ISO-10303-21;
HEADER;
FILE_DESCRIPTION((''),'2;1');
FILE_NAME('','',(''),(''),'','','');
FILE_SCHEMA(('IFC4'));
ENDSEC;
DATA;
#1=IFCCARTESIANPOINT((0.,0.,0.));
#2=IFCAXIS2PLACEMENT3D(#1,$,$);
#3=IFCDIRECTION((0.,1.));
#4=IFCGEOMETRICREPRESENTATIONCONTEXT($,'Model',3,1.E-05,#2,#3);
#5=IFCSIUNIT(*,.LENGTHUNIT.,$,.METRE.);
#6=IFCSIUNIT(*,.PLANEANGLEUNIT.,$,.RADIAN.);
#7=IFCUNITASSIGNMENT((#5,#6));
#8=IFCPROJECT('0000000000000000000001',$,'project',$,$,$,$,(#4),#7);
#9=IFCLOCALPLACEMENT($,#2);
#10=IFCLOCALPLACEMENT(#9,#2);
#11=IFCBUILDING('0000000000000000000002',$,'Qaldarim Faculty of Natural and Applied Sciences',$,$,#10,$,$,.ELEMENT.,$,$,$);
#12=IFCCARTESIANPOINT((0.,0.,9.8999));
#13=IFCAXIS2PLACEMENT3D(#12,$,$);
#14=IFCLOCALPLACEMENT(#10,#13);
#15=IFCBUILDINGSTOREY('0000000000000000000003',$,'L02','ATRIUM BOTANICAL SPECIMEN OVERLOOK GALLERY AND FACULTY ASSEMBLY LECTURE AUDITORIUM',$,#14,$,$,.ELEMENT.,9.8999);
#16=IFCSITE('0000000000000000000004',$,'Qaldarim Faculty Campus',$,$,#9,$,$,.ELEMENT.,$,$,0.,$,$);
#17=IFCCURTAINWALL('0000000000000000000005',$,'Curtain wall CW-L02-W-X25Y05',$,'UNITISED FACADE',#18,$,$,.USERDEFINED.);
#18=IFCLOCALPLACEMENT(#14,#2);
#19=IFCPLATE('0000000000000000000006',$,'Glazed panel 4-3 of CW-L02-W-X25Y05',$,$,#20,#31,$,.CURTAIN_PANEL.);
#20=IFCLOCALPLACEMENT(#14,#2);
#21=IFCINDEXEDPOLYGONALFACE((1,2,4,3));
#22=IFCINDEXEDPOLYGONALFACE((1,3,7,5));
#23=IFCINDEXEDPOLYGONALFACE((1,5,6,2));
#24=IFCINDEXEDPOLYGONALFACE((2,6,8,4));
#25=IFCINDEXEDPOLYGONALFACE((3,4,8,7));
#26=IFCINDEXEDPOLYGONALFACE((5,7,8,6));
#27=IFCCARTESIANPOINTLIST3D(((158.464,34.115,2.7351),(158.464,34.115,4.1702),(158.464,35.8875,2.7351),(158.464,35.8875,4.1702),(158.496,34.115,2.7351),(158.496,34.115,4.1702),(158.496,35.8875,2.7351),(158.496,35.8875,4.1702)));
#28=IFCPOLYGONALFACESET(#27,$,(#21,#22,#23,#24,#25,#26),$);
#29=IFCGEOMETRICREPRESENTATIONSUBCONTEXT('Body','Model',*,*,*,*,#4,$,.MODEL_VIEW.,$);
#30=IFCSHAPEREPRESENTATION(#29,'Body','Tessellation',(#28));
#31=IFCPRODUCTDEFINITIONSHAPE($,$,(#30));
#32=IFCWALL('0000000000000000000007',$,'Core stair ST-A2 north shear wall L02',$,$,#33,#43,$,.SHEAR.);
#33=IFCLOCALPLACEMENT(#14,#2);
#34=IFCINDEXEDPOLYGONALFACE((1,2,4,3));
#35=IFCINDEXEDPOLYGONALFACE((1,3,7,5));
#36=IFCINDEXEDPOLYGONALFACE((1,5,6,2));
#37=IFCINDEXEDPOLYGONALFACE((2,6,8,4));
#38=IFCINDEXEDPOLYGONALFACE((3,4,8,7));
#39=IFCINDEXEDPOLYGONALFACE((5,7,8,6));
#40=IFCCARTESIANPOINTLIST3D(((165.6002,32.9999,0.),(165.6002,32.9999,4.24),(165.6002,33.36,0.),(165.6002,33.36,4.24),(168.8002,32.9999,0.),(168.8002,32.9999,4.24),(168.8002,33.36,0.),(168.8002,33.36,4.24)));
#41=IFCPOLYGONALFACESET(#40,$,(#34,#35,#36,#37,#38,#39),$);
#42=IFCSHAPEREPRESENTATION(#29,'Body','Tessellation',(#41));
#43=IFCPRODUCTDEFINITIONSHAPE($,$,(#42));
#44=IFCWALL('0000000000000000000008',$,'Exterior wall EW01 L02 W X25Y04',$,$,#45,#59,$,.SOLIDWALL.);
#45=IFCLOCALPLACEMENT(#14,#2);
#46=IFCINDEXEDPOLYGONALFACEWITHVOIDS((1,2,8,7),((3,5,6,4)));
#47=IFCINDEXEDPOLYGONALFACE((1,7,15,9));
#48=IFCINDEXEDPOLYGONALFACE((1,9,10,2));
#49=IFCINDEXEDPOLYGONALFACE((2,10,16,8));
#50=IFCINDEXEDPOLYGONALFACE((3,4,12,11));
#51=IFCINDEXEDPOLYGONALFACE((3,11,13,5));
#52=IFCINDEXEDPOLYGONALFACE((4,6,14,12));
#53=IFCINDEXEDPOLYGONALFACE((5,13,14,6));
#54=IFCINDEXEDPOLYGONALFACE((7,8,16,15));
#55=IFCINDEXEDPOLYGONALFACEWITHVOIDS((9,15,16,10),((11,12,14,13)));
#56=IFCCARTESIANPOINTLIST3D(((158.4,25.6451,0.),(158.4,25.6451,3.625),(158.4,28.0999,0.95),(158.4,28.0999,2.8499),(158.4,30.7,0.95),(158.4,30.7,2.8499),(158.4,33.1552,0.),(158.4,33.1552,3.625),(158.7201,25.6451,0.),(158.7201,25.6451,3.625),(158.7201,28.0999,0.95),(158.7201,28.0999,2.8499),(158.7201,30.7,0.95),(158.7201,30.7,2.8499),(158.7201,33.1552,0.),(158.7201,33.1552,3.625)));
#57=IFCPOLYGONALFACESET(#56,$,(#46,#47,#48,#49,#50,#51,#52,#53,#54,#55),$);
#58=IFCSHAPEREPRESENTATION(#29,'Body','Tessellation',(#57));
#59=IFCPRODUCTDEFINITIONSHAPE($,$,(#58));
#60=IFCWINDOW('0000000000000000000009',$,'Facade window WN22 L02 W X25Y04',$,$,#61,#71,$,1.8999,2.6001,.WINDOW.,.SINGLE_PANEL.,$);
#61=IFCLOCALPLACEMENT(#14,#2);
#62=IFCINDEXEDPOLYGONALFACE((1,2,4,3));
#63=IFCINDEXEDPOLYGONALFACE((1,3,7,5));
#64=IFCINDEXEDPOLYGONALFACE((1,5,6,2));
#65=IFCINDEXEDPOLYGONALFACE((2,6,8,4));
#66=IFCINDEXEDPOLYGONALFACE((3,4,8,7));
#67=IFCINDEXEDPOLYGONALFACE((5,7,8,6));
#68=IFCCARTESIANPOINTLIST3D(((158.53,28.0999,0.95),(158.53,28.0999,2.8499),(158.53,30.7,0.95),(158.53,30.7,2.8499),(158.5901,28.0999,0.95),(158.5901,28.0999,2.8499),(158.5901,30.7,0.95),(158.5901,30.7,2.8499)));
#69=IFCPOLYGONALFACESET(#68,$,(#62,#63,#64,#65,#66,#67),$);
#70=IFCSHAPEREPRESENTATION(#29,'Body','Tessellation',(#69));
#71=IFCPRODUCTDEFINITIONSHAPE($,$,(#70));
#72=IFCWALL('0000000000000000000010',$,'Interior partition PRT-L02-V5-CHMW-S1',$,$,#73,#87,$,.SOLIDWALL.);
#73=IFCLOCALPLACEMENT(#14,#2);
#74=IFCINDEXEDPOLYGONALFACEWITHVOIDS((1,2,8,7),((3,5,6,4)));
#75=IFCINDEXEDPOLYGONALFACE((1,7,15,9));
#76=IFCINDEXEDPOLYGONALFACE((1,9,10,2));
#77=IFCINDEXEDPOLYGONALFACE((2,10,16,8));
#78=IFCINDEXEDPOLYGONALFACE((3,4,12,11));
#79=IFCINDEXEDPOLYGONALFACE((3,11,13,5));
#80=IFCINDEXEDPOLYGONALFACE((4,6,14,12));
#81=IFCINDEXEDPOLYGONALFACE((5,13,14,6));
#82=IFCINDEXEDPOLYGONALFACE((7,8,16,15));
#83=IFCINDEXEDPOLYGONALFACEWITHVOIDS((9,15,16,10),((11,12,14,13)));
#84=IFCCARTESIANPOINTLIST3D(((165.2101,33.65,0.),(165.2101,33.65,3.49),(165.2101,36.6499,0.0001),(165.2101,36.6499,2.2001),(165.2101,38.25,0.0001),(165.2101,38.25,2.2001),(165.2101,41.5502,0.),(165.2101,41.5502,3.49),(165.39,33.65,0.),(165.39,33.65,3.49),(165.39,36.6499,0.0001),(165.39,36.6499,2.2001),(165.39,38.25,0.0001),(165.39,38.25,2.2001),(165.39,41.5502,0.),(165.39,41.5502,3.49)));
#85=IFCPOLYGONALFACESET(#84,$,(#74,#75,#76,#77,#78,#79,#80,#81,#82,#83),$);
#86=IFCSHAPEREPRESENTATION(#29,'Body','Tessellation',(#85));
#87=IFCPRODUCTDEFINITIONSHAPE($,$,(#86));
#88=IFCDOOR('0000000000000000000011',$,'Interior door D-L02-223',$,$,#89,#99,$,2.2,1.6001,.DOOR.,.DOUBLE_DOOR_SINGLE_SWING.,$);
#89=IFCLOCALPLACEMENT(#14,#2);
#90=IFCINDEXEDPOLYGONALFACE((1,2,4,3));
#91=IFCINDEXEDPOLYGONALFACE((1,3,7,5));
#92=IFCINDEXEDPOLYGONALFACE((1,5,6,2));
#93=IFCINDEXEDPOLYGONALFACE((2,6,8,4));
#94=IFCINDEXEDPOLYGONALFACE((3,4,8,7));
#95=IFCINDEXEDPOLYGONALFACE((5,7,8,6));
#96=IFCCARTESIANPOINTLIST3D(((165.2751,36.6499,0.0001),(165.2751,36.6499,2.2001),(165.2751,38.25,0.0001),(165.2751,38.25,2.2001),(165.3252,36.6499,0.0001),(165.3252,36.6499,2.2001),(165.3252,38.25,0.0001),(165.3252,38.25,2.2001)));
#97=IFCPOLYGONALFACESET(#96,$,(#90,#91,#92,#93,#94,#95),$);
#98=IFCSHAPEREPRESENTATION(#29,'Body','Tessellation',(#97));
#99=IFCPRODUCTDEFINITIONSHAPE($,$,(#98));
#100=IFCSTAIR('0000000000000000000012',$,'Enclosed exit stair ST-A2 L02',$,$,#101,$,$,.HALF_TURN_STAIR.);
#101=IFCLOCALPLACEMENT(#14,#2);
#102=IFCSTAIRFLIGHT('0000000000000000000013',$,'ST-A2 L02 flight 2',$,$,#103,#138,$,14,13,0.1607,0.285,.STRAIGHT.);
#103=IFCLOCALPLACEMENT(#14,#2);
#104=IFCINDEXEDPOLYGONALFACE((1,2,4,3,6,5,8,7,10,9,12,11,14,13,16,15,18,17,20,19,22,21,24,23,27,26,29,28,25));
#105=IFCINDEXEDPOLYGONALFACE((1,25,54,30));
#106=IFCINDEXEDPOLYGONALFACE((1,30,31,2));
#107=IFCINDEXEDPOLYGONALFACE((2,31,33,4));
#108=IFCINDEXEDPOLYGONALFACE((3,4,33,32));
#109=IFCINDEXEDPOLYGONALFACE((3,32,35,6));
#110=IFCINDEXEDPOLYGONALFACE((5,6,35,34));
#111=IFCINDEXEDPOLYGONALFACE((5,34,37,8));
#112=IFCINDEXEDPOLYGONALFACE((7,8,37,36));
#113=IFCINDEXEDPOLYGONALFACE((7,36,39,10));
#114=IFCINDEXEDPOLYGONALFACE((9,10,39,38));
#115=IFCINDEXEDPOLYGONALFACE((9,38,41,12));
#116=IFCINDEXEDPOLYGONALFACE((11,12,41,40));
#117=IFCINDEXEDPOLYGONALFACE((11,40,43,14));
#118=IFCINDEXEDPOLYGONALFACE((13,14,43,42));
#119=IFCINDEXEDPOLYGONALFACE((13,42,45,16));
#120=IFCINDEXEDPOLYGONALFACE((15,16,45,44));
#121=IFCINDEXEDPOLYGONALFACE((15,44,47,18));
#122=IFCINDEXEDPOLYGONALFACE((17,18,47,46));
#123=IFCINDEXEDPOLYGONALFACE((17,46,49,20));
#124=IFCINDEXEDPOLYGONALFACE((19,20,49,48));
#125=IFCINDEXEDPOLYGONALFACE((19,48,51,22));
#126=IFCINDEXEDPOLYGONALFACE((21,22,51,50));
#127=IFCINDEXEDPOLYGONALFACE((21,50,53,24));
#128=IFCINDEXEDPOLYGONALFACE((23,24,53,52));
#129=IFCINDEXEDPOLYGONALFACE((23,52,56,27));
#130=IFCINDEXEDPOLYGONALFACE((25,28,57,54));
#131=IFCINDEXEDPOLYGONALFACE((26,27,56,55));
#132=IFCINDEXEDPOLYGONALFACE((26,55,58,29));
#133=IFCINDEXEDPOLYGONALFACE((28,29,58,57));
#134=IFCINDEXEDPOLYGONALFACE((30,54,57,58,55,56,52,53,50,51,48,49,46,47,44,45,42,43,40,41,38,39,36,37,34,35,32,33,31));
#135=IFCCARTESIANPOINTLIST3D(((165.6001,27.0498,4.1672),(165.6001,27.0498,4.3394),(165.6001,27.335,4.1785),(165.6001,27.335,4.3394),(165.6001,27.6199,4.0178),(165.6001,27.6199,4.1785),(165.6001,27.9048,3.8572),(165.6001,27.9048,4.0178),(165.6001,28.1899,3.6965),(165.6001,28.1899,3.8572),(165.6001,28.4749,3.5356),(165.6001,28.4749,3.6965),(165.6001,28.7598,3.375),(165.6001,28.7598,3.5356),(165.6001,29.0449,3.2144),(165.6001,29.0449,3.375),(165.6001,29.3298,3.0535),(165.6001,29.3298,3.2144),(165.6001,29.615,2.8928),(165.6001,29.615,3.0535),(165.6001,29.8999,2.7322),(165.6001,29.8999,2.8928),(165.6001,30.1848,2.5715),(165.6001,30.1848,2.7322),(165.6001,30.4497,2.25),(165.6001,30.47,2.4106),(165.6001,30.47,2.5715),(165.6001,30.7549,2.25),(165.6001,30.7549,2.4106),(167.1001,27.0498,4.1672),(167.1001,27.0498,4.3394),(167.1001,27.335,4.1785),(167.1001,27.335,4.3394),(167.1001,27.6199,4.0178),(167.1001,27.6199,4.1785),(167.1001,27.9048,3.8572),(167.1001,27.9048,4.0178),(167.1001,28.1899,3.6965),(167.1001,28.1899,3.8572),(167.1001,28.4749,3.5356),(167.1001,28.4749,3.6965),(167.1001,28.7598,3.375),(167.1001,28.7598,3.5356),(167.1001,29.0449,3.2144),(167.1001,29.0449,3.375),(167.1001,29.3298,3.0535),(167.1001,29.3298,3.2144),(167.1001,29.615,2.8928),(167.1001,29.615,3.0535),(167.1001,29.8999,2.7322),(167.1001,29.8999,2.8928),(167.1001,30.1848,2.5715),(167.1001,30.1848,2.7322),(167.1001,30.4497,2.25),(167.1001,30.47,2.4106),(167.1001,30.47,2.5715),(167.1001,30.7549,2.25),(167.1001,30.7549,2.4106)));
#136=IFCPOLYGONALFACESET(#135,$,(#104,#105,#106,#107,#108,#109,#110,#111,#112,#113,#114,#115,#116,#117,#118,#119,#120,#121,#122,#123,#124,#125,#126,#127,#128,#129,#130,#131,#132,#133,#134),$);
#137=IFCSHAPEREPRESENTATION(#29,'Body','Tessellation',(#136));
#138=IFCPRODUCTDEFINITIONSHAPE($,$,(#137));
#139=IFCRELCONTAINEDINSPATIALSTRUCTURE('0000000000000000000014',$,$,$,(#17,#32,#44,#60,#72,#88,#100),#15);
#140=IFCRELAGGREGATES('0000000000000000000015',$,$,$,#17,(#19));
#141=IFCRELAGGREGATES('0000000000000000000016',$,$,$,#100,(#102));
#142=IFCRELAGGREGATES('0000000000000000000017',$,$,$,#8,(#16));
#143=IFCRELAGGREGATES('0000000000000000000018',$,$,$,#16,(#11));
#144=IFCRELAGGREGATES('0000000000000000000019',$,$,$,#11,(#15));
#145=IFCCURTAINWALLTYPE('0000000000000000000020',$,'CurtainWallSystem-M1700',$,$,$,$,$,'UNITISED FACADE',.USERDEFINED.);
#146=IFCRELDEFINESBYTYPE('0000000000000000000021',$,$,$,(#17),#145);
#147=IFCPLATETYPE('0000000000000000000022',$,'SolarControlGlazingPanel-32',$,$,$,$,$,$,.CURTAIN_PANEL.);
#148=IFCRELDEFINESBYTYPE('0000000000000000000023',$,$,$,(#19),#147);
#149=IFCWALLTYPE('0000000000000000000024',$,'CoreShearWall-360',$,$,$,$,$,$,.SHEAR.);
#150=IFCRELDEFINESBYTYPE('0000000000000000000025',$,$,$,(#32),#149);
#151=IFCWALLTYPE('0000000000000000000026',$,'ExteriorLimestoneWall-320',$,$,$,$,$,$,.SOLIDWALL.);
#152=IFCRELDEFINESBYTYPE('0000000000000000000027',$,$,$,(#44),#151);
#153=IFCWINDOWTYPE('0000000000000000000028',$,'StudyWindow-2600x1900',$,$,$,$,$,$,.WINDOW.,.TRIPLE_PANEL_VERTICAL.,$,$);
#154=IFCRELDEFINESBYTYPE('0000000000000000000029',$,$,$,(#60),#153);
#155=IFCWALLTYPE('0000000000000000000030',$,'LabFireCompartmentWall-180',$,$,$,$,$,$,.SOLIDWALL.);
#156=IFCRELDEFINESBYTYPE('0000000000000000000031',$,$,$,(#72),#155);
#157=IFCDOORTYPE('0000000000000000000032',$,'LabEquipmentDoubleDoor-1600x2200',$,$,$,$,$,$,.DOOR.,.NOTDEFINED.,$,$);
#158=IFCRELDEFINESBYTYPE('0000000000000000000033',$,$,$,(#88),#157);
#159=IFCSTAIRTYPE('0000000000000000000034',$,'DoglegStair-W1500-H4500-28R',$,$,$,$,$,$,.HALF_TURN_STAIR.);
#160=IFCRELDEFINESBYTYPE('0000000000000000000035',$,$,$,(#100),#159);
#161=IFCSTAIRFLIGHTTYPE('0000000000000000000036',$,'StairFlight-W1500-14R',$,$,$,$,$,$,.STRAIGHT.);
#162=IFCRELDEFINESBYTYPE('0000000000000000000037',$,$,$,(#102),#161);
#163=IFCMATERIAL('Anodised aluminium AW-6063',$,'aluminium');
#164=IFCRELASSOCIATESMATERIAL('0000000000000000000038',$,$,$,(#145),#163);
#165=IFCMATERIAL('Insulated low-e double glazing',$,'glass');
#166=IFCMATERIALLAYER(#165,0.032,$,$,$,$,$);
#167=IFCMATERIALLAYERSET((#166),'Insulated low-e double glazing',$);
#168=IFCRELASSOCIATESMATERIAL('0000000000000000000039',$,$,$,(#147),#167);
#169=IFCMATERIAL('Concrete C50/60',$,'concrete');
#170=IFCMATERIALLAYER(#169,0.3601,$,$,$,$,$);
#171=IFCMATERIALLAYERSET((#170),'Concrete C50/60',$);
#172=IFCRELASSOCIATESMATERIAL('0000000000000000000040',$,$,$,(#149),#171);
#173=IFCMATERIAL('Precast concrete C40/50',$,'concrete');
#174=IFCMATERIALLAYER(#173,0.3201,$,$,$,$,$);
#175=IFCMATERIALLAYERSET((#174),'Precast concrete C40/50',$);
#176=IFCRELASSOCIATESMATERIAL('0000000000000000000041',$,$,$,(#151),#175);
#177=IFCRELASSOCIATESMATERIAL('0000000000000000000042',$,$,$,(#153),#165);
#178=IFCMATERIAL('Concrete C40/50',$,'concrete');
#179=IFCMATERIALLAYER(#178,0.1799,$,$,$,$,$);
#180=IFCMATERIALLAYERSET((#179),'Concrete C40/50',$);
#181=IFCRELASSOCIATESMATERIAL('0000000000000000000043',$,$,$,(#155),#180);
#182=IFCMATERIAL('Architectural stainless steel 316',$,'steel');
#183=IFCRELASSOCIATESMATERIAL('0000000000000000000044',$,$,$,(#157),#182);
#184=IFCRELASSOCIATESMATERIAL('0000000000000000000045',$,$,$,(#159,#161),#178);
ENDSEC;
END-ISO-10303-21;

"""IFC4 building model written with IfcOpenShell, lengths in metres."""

from ifc_helpers import new_model, si_unit, direction, frame, frame_2d, origin, origin_2d, place, context, subcontext, project, spatial, polyline, rectangle, outline, extrude, material, layer, layer_set, type_object, element, fill, aggregate, save


model = new_model("IFC4")

# Units and contexts
model_context = context("Model", 3, precision=1e-05, world=origin(), true_north=direction((0.0, 1.0)))
body_context = subcontext(model_context, "Body", "Model", "MODEL_VIEW")
ifc_project = project(units=[si_unit("LENGTHUNIT", "METRE"), si_unit("PLANEANGLEUNIT", "RADIAN")], contexts=[model_context])

# Site, building, storey
site_placement = place(None, origin())
site = spatial("IfcSite", under=ifc_project, at=site_placement, Name="Qaldarim Faculty Campus", CompositionType="ELEMENT", RefElevation=0.0)
building_placement = place(site_placement, origin())
building = spatial("IfcBuilding", under=site, at=building_placement, Name="Qaldarim Faculty of Natural and Applied Sciences", CompositionType="ELEMENT")
storey_placement = place(building_placement, frame((0.0, 0.0, 9.8999)))
storey = spatial("IfcBuildingStorey", under=building, at=storey_placement, Name="L02", Description="ATRIUM BOTANICAL SPECIMEN OVERLOOK GALLERY AND FACULTY ASSEMBLY LECTURE AUDITORIUM", CompositionType="ELEMENT", Elevation=9.8999)

# Shared definitions
ifc_material_1 = material(Name="Concrete C50/60", Category="concrete")

# Shared definitions
ifc_material_2 = material(Name="Concrete C40/50", Category="concrete")

# Curtain wall
ifc_material_3 = material(Name="Anodised aluminium AW-6063", Category="aluminium")
curtain_wall_type = type_object("IfcCurtainWallType", Name="CurtainWallSystem-M1700", ElementType="UNITISED FACADE", PredefinedType="USERDEFINED", material=ifc_material_3)
curtain_wall_placement = place(storey_placement, origin())
curtain_wall = element("IfcCurtainWall", 1, at=curtain_wall_placement, inside=storey, type_object=curtain_wall_type, Name="Curtain wall CW-L02-W-X25Y05", ObjectType="UNITISED FACADE", PredefinedType="USERDEFINED")

# Plate
ifc_material_4 = material(Name="Insulated low-e double glazing", Category="glass")
ifc_layer_1 = layer(ifc_material_4, 0.032)
ifc_layer_set_1 = layer_set([ifc_layer_1], Name="Insulated low-e double glazing")
plate_type = type_object("IfcPlateType", Name="SolarControlGlazingPanel-32", PredefinedType="CURTAIN_PANEL", material=ifc_layer_set_1)
plate_1_placement = place(storey_placement, frame((158.48, 35.0012, 2.7351), z_axis=(0.0, 0.0, 1.0), x_axis=(0.0, -1.0, 0.0)))
plate_1 = element("IfcPlate", 2, at=plate_1_placement, type_object=plate_type, Name="Glazed panel 4-3 of CW-L02-W-X25Y05", PredefinedType="CURTAIN_PANEL", context=body_context, shape_type="SweptSolid", body=[
    extrude(rectangle(XDim=1.7725, YDim=0.032, at=origin_2d()), origin(), (0.0, 0.0, 1.0), 1.4351),
])
aggregate(curtain_wall, [plate_1])

# Wall
ifc_layer_2 = layer(ifc_material_1, 0.3601)
ifc_layer_set_2 = layer_set([ifc_layer_2], Name="Concrete C50/60")
wall_type_1 = type_object("IfcWallType", Name="CoreShearWall-360", PredefinedType="SHEAR", material=ifc_layer_set_2)
wall_1_placement = place(storey_placement, frame((165.6001, 33.1799, 0.0), z_axis=(0.0, 0.0, 1.0), x_axis=(1.0, 0.0, 0.0)))
element("IfcWall", 3, at=wall_1_placement, inside=storey, type_object=wall_type_1, Name="Core stair ST-A2 north shear wall L02", PredefinedType="SHEAR", context=body_context, shape_type="SweptSolid", body=[
    extrude(rectangle(XDim=3.2, YDim=0.3601, at=frame_2d((1.6001, 0.0))), origin(), (0.0, 0.0, 1.0), 4.24),
])

# Wall, opening, window
ifc_material_5 = material(Name="Precast concrete C40/50", Category="concrete")
ifc_layer_3 = layer(ifc_material_5, 0.3201)
ifc_layer_set_3 = layer_set([ifc_layer_3], Name="Precast concrete C40/50")
wall_type_2 = type_object("IfcWallType", Name="ExteriorLimestoneWall-320", PredefinedType="SOLIDWALL", material=ifc_layer_set_3)
wall_2_placement = place(storey_placement, frame((158.5601, 33.155, 0.0), z_axis=(0.0, 0.0, 1.0), x_axis=(0.0, -1.0, 0.0)))
wall_2 = element("IfcWall", 4, at=wall_2_placement, inside=storey, type_object=wall_type_2, Name="Exterior wall EW01 L02 W X25Y04", PredefinedType="SOLIDWALL", context=body_context, shape_type="SweptSolid", body=[
    extrude(rectangle(XDim=7.51, YDim=0.3201, at=frame_2d((3.7549, 0.0))), origin(), (0.0, 0.0, 1.0), 3.625),
])
opening_1_placement = place(wall_2_placement, frame((2.4551, 0.0, 0.95)))
opening_1 = element("IfcOpeningElement", 5, at=opening_1_placement, cuts=wall_2, PredefinedType="OPENING", context=body_context, shape_type="SweptSolid", body=[
    extrude(rectangle(XDim=2.6001, YDim=1.8999, at=frame_2d((1.3, 0.95))), frame((0.0, 0.1699, 0.0), z_axis=(0.0, -1.0, 0.0), x_axis=(1.0, 0.0, 0.0)), (0.0, 0.0, 1.0), 0.3401),
])
window_type = type_object("IfcWindowType", Name="StudyWindow-2600x1900", PartitioningType="TRIPLE_PANEL_VERTICAL", PredefinedType="WINDOW", material=ifc_material_4)
window_placement = place(opening_1_placement, origin())
window = element("IfcWindow", 6, at=window_placement, inside=storey, type_object=window_type, Name="Facade window WN22 L02 W X25Y04", OverallHeight=1.8999, OverallWidth=2.6001, PartitioningType="SINGLE_PANEL", PredefinedType="WINDOW", context=body_context, shape_type="SweptSolid", body=[
    extrude(rectangle(XDim=2.6001, YDim=1.8999, at=frame_2d((1.3, 0.95))), frame((0.0, 0.03, 0.0), z_axis=(0.0, -1.0, 0.0), x_axis=(1.0, 0.0, 0.0)), (0.0, 0.0, 1.0), 0.0601),
])
fill(opening_1, window)

# Wall, opening, door
ifc_layer_4 = layer(ifc_material_2, 0.1799)
ifc_layer_set_4 = layer_set([ifc_layer_4], Name="Concrete C40/50")
wall_type_3 = type_object("IfcWallType", Name="LabFireCompartmentWall-180", PredefinedType="SOLIDWALL", material=ifc_layer_set_4)
wall_3_placement = place(storey_placement, frame((165.3, 33.6499, 0.0), z_axis=(0.0, 0.0, 1.0), x_axis=(0.0, 1.0, 0.0)))
wall_3 = element("IfcWall", 7, at=wall_3_placement, inside=storey, type_object=wall_type_3, Name="Interior partition PRT-L02-V5-CHMW-S1", PredefinedType="SOLIDWALL", context=body_context, shape_type="SweptSolid", body=[
    extrude(rectangle(XDim=7.9001, YDim=0.1799, at=frame_2d((3.9502, 0.0))), origin(), (0.0, 0.0, 1.0), 3.49),
])
opening_2_placement = place(wall_3_placement, frame((3.0, 0.0, 0.0)))
opening_2 = element("IfcOpeningElement", 8, at=opening_2_placement, cuts=wall_3, PredefinedType="OPENING", context=body_context, shape_type="SweptSolid", body=[
    extrude(rectangle(XDim=1.6001, YDim=2.2, at=frame_2d((0.8, 1.1001))), frame((0.0, 0.0999, 0.0), z_axis=(0.0, -1.0, 0.0), x_axis=(1.0, 0.0, 0.0)), (0.0, 0.0, 1.0), 0.2),
])
ifc_material_6 = material(Name="Architectural stainless steel 316", Category="steel")
door_type = type_object("IfcDoorType", Name="LabEquipmentDoubleDoor-1600x2200", OperationType="NOTDEFINED", PredefinedType="DOOR", material=ifc_material_6)
door_placement = place(opening_2_placement, origin())
door = element("IfcDoor", 9, at=door_placement, inside=storey, type_object=door_type, Name="Interior door D-L02-223", OperationType="DOUBLE_DOOR_SINGLE_SWING", OverallHeight=2.2, OverallWidth=1.6001, PredefinedType="DOOR", context=body_context, shape_type="SweptSolid", body=[
    extrude(rectangle(XDim=1.6001, YDim=2.2, at=frame_2d((0.8, 1.1001))), frame((0.0, 0.0249, 0.0), z_axis=(0.0, -1.0, 0.0), x_axis=(1.0, 0.0, 0.0)), (0.0, 0.0, 1.0), 0.05),
])
fill(opening_2, door)

# Stair, stair flight
stair_type = type_object("IfcStairType", Name="DoglegStair-W1500-H4500-28R", PredefinedType="HALF_TURN_STAIR", material=ifc_material_2)
stair_placement = place(storey_placement, origin())
stair = element("IfcStair", 10, at=stair_placement, inside=storey, type_object=stair_type, Name="Enclosed exit stair ST-A2 L02", PredefinedType="HALF_TURN_STAIR")
stair_flight_type = type_object("IfcStairFlightType", Name="StairFlight-W1500-14R", PredefinedType="STRAIGHT", material=ifc_material_2)
stair_flight_placement = place(storey_placement, frame((166.3501, 30.7549, 2.25), z_axis=(0.0, 0.0, 1.0), x_axis=(0.0, -1.0, 0.0)))
stair_flight = element("IfcStairFlight", 11, at=stair_flight_placement, type_object=stair_flight_type, Name="ST-A2 L02 flight 2", NumberOfRisers=14, NumberOfTreads=13, PredefinedType="STRAIGHT", RiserHeight=0.1607, TreadLength=0.285, context=body_context, shape_type="SweptSolid", body=[
    extrude(outline(polyline([(0.0, 0.0), (0.0, 0.1606), (0.2849, 0.1606), (0.2849, 0.3215), (0.5701, 0.3215), (0.5701, 0.4822), (0.855, 0.4822), (0.855, 0.6428), (1.1399, 0.6428), (1.1399, 0.8035), (1.425, 0.8035), (1.425, 0.9644), (1.71, 0.9644), (1.71, 1.125), (1.9951, 1.125), (1.9951, 1.2856), (2.28, 1.2856), (2.28, 1.4465), (2.5649, 1.4465), (2.5649, 1.6072), (2.8501, 1.6072), (2.8501, 1.7678), (3.135, 1.7678), (3.135, 1.9285), (3.4199, 1.9285), (3.4199, 2.0894), (3.7051, 2.0894), (3.7051, 2.25), (3.7051, 1.9172), (0.3052, 0.0), (0.0, 0.0)])), frame((0.0, 0.75, 0.0), z_axis=(0.0, -1.0, 0.0), x_axis=(1.0, 0.0, 0.0)), (0.0, 0.0, 1.0), 1.5),
])
aggregate(stair, [stair_flight])

save(model, "model.ifc")
